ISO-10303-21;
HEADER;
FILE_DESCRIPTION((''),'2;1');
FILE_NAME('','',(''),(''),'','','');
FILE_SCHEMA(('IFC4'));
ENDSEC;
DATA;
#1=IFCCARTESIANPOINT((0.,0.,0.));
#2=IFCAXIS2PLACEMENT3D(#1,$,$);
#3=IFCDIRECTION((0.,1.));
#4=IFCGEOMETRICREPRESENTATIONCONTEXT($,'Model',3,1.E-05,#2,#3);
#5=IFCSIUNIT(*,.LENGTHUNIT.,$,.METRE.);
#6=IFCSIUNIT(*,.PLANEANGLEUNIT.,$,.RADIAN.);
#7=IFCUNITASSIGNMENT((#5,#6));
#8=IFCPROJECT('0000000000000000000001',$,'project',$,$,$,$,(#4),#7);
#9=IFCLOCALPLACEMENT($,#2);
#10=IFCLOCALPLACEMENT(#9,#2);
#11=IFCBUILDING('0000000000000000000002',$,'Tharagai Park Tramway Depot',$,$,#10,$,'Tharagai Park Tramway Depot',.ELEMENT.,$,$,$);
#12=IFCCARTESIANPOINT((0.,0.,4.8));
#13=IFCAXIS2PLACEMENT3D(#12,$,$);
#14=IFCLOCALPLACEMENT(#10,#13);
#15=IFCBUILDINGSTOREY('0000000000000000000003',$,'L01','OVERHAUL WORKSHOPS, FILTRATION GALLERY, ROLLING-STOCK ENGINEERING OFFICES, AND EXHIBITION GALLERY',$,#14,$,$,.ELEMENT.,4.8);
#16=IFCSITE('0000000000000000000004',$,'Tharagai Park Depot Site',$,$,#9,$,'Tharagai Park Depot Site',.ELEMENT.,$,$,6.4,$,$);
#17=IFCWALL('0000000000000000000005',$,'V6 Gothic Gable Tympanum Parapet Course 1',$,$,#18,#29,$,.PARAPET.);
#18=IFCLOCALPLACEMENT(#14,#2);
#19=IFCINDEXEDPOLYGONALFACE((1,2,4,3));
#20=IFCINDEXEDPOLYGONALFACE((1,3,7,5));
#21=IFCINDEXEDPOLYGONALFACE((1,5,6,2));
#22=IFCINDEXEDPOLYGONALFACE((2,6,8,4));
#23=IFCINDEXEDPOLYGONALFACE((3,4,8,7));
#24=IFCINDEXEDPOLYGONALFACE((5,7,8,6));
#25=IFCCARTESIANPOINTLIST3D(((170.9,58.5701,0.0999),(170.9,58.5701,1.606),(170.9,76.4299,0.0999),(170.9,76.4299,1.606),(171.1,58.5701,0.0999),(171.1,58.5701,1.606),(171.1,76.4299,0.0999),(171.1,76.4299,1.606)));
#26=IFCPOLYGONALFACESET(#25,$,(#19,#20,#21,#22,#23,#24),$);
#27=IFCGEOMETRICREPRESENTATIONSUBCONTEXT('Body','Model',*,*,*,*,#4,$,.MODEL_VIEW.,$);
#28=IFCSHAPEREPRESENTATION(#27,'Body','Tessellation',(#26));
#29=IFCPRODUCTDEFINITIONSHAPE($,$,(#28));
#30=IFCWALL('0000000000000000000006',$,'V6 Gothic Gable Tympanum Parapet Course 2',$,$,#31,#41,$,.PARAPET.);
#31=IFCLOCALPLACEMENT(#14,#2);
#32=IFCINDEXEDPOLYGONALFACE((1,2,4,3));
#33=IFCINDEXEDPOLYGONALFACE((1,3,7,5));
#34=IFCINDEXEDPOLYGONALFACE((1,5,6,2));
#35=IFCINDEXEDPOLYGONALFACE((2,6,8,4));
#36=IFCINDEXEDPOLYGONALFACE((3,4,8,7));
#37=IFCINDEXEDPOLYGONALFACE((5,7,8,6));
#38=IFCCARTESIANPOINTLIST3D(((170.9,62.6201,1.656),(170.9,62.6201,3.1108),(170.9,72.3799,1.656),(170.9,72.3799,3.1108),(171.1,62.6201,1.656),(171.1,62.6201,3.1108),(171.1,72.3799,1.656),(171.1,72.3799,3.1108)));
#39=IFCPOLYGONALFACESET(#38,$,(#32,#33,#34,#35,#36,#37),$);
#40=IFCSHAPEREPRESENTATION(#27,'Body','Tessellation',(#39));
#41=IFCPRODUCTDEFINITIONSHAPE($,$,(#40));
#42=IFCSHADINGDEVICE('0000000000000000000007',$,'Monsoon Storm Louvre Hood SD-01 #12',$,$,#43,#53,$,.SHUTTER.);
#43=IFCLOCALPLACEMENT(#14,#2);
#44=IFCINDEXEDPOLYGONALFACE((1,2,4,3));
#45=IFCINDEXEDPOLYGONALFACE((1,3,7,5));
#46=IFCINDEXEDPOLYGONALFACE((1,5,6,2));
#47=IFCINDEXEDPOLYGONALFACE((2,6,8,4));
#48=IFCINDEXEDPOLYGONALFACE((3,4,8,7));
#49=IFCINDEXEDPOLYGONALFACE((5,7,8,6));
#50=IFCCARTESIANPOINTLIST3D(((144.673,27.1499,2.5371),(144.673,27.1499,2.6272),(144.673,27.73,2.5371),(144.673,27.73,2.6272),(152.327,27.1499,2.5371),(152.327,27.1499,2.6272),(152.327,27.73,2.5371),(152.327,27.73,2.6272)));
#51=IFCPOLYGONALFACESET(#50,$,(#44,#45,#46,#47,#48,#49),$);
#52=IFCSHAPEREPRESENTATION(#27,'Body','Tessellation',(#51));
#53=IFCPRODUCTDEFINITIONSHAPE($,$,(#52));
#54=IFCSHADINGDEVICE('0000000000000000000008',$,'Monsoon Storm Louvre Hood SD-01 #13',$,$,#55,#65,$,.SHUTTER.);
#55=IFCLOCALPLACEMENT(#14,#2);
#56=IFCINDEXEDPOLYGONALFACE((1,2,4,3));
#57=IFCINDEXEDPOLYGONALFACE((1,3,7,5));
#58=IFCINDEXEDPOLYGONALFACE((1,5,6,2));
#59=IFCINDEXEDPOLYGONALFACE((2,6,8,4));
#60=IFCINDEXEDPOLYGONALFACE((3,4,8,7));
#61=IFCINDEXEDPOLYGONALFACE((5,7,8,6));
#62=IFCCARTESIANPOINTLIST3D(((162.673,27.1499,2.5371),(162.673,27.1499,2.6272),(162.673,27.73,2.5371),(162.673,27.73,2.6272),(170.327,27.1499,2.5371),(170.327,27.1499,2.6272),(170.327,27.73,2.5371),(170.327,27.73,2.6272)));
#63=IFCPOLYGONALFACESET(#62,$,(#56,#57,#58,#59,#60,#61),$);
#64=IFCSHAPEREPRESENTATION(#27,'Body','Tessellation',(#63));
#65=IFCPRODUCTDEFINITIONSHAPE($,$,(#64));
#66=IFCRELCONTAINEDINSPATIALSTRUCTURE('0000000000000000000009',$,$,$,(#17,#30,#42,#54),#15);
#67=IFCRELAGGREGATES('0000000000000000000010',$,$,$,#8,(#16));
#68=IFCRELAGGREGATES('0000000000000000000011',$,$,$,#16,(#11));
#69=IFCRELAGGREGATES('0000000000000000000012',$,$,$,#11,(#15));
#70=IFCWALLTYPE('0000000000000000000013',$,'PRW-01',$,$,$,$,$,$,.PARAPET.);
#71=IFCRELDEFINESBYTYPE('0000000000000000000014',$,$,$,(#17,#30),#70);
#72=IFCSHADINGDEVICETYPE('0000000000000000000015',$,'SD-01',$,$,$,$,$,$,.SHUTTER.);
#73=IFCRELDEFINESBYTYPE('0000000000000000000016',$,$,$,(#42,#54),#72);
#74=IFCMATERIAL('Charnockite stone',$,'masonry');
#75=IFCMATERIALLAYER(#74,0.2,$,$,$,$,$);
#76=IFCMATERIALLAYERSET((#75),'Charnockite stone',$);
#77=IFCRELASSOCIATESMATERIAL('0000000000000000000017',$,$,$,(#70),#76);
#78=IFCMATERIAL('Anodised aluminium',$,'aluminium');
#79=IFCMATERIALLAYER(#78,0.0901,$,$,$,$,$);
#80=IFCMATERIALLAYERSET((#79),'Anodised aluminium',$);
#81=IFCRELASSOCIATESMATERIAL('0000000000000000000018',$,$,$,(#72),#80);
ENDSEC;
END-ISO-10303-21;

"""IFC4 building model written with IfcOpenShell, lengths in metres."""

from ifc_helpers import new_model, si_unit, direction, frame, frame_2d, origin, origin_2d, place, context, subcontext, project, spatial, rectangle, extrude, material, layer, layer_set, type_object, element, save


model = new_model("IFC4")

# Units and contexts
model_context = context("Model", 3, precision=1e-05, world=origin(), true_north=direction((0.0, 1.0)))
body_context = subcontext(model_context, "Body", "Model", "MODEL_VIEW")
ifc_project = project(units=[si_unit("LENGTHUNIT", "METRE"), si_unit("PLANEANGLEUNIT", "RADIAN")], contexts=[model_context])

# Site, building, storey
site_placement = place(None, origin())
site = spatial("IfcSite", under=ifc_project, at=site_placement, Name="Tharagai Park Depot Site", LongName="Tharagai Park Depot Site", CompositionType="ELEMENT", RefElevation=6.4)
building_placement = place(site_placement, origin())
building = spatial("IfcBuilding", under=site, at=building_placement, Name="Tharagai Park Tramway Depot", LongName="Tharagai Park Tramway Depot", CompositionType="ELEMENT")
storey_placement = place(building_placement, frame((0.0, 0.0, 4.8)))
storey = spatial("IfcBuildingStorey", under=building, at=storey_placement, Name="L01", Description="OVERHAUL WORKSHOPS, FILTRATION GALLERY, ROLLING-STOCK ENGINEERING OFFICES, AND EXHIBITION GALLERY", CompositionType="ELEMENT", Elevation=4.8)

# Walls
ifc_material_1 = material(Name="Charnockite stone", Category="masonry")
ifc_layer_1 = layer(ifc_material_1, 0.2)
ifc_layer_set_1 = layer_set([ifc_layer_1], Name="Charnockite stone")
wall_type_1 = type_object("IfcWallType", Name="PRW-01", PredefinedType="PARAPET", material=ifc_layer_set_1)
wall_1_placement = place(storey_placement, frame((171.0, 58.5701, 0.0999), z_axis=(0.0, 0.0, 1.0), x_axis=(0.0, 1.0, 0.0)))
element("IfcWall", 1, at=wall_1_placement, inside=storey, type_object=wall_type_1, Name="V6 Gothic Gable Tympanum Parapet Course 1", PredefinedType="PARAPET", context=body_context, shape_type="SweptSolid", body=[
    extrude(rectangle(XDim=17.8599, YDim=0.2, at=frame_2d((8.9299, 0.0))), origin(), (0.0, 0.0, 1.0), 1.5061),
])
wall_2_placement = place(storey_placement, frame((171.0, 62.6201, 1.656), z_axis=(0.0, 0.0, 1.0), x_axis=(0.0, 1.0, 0.0)))
element("IfcWall", 2, at=wall_2_placement, inside=storey, type_object=wall_type_1, Name="V6 Gothic Gable Tympanum Parapet Course 2", PredefinedType="PARAPET", context=body_context, shape_type="SweptSolid", body=[
    extrude(rectangle(XDim=9.7598, YDim=0.2, at=frame_2d((4.8799, 0.0))), origin(), (0.0, 0.0, 1.0), 1.4548),
])

# Shading devices
ifc_material_2 = material(Name="Anodised aluminium", Category="aluminium")
ifc_layer_2 = layer(ifc_material_2, 0.0901)
ifc_layer_set_2 = layer_set([ifc_layer_2], Name="Anodised aluminium")
shading_device_type = type_object("IfcShadingDeviceType", Name="SD-01", PredefinedType="SHUTTER", material=ifc_layer_set_2)
for number, where, z_axis, x_axis, name in (
    (3, (148.5, 27.4399, 2.5371), (0.0, 0.0, 1.0), (1.0, 0.0, 0.0), "Monsoon Storm Louvre Hood SD-01 #12"),
    (4, (166.5, 27.4399, 2.5371), (0.0, 0.0, 1.0), (1.0, 0.0, 0.0), "Monsoon Storm Louvre Hood SD-01 #13"),
):
    element("IfcShadingDevice", number, at=place(storey_placement, frame(where, z_axis=z_axis, x_axis=x_axis)), inside=storey, type_object=shading_device_type, Name=name, PredefinedType="SHUTTER", context=body_context, shape_type="SweptSolid", body=[
        extrude(rectangle(XDim=7.6541, YDim=0.5801, at=origin_2d()), origin(), (0.0, 0.0, 1.0), 0.0901),
    ])

save(model, "model.ifc")
